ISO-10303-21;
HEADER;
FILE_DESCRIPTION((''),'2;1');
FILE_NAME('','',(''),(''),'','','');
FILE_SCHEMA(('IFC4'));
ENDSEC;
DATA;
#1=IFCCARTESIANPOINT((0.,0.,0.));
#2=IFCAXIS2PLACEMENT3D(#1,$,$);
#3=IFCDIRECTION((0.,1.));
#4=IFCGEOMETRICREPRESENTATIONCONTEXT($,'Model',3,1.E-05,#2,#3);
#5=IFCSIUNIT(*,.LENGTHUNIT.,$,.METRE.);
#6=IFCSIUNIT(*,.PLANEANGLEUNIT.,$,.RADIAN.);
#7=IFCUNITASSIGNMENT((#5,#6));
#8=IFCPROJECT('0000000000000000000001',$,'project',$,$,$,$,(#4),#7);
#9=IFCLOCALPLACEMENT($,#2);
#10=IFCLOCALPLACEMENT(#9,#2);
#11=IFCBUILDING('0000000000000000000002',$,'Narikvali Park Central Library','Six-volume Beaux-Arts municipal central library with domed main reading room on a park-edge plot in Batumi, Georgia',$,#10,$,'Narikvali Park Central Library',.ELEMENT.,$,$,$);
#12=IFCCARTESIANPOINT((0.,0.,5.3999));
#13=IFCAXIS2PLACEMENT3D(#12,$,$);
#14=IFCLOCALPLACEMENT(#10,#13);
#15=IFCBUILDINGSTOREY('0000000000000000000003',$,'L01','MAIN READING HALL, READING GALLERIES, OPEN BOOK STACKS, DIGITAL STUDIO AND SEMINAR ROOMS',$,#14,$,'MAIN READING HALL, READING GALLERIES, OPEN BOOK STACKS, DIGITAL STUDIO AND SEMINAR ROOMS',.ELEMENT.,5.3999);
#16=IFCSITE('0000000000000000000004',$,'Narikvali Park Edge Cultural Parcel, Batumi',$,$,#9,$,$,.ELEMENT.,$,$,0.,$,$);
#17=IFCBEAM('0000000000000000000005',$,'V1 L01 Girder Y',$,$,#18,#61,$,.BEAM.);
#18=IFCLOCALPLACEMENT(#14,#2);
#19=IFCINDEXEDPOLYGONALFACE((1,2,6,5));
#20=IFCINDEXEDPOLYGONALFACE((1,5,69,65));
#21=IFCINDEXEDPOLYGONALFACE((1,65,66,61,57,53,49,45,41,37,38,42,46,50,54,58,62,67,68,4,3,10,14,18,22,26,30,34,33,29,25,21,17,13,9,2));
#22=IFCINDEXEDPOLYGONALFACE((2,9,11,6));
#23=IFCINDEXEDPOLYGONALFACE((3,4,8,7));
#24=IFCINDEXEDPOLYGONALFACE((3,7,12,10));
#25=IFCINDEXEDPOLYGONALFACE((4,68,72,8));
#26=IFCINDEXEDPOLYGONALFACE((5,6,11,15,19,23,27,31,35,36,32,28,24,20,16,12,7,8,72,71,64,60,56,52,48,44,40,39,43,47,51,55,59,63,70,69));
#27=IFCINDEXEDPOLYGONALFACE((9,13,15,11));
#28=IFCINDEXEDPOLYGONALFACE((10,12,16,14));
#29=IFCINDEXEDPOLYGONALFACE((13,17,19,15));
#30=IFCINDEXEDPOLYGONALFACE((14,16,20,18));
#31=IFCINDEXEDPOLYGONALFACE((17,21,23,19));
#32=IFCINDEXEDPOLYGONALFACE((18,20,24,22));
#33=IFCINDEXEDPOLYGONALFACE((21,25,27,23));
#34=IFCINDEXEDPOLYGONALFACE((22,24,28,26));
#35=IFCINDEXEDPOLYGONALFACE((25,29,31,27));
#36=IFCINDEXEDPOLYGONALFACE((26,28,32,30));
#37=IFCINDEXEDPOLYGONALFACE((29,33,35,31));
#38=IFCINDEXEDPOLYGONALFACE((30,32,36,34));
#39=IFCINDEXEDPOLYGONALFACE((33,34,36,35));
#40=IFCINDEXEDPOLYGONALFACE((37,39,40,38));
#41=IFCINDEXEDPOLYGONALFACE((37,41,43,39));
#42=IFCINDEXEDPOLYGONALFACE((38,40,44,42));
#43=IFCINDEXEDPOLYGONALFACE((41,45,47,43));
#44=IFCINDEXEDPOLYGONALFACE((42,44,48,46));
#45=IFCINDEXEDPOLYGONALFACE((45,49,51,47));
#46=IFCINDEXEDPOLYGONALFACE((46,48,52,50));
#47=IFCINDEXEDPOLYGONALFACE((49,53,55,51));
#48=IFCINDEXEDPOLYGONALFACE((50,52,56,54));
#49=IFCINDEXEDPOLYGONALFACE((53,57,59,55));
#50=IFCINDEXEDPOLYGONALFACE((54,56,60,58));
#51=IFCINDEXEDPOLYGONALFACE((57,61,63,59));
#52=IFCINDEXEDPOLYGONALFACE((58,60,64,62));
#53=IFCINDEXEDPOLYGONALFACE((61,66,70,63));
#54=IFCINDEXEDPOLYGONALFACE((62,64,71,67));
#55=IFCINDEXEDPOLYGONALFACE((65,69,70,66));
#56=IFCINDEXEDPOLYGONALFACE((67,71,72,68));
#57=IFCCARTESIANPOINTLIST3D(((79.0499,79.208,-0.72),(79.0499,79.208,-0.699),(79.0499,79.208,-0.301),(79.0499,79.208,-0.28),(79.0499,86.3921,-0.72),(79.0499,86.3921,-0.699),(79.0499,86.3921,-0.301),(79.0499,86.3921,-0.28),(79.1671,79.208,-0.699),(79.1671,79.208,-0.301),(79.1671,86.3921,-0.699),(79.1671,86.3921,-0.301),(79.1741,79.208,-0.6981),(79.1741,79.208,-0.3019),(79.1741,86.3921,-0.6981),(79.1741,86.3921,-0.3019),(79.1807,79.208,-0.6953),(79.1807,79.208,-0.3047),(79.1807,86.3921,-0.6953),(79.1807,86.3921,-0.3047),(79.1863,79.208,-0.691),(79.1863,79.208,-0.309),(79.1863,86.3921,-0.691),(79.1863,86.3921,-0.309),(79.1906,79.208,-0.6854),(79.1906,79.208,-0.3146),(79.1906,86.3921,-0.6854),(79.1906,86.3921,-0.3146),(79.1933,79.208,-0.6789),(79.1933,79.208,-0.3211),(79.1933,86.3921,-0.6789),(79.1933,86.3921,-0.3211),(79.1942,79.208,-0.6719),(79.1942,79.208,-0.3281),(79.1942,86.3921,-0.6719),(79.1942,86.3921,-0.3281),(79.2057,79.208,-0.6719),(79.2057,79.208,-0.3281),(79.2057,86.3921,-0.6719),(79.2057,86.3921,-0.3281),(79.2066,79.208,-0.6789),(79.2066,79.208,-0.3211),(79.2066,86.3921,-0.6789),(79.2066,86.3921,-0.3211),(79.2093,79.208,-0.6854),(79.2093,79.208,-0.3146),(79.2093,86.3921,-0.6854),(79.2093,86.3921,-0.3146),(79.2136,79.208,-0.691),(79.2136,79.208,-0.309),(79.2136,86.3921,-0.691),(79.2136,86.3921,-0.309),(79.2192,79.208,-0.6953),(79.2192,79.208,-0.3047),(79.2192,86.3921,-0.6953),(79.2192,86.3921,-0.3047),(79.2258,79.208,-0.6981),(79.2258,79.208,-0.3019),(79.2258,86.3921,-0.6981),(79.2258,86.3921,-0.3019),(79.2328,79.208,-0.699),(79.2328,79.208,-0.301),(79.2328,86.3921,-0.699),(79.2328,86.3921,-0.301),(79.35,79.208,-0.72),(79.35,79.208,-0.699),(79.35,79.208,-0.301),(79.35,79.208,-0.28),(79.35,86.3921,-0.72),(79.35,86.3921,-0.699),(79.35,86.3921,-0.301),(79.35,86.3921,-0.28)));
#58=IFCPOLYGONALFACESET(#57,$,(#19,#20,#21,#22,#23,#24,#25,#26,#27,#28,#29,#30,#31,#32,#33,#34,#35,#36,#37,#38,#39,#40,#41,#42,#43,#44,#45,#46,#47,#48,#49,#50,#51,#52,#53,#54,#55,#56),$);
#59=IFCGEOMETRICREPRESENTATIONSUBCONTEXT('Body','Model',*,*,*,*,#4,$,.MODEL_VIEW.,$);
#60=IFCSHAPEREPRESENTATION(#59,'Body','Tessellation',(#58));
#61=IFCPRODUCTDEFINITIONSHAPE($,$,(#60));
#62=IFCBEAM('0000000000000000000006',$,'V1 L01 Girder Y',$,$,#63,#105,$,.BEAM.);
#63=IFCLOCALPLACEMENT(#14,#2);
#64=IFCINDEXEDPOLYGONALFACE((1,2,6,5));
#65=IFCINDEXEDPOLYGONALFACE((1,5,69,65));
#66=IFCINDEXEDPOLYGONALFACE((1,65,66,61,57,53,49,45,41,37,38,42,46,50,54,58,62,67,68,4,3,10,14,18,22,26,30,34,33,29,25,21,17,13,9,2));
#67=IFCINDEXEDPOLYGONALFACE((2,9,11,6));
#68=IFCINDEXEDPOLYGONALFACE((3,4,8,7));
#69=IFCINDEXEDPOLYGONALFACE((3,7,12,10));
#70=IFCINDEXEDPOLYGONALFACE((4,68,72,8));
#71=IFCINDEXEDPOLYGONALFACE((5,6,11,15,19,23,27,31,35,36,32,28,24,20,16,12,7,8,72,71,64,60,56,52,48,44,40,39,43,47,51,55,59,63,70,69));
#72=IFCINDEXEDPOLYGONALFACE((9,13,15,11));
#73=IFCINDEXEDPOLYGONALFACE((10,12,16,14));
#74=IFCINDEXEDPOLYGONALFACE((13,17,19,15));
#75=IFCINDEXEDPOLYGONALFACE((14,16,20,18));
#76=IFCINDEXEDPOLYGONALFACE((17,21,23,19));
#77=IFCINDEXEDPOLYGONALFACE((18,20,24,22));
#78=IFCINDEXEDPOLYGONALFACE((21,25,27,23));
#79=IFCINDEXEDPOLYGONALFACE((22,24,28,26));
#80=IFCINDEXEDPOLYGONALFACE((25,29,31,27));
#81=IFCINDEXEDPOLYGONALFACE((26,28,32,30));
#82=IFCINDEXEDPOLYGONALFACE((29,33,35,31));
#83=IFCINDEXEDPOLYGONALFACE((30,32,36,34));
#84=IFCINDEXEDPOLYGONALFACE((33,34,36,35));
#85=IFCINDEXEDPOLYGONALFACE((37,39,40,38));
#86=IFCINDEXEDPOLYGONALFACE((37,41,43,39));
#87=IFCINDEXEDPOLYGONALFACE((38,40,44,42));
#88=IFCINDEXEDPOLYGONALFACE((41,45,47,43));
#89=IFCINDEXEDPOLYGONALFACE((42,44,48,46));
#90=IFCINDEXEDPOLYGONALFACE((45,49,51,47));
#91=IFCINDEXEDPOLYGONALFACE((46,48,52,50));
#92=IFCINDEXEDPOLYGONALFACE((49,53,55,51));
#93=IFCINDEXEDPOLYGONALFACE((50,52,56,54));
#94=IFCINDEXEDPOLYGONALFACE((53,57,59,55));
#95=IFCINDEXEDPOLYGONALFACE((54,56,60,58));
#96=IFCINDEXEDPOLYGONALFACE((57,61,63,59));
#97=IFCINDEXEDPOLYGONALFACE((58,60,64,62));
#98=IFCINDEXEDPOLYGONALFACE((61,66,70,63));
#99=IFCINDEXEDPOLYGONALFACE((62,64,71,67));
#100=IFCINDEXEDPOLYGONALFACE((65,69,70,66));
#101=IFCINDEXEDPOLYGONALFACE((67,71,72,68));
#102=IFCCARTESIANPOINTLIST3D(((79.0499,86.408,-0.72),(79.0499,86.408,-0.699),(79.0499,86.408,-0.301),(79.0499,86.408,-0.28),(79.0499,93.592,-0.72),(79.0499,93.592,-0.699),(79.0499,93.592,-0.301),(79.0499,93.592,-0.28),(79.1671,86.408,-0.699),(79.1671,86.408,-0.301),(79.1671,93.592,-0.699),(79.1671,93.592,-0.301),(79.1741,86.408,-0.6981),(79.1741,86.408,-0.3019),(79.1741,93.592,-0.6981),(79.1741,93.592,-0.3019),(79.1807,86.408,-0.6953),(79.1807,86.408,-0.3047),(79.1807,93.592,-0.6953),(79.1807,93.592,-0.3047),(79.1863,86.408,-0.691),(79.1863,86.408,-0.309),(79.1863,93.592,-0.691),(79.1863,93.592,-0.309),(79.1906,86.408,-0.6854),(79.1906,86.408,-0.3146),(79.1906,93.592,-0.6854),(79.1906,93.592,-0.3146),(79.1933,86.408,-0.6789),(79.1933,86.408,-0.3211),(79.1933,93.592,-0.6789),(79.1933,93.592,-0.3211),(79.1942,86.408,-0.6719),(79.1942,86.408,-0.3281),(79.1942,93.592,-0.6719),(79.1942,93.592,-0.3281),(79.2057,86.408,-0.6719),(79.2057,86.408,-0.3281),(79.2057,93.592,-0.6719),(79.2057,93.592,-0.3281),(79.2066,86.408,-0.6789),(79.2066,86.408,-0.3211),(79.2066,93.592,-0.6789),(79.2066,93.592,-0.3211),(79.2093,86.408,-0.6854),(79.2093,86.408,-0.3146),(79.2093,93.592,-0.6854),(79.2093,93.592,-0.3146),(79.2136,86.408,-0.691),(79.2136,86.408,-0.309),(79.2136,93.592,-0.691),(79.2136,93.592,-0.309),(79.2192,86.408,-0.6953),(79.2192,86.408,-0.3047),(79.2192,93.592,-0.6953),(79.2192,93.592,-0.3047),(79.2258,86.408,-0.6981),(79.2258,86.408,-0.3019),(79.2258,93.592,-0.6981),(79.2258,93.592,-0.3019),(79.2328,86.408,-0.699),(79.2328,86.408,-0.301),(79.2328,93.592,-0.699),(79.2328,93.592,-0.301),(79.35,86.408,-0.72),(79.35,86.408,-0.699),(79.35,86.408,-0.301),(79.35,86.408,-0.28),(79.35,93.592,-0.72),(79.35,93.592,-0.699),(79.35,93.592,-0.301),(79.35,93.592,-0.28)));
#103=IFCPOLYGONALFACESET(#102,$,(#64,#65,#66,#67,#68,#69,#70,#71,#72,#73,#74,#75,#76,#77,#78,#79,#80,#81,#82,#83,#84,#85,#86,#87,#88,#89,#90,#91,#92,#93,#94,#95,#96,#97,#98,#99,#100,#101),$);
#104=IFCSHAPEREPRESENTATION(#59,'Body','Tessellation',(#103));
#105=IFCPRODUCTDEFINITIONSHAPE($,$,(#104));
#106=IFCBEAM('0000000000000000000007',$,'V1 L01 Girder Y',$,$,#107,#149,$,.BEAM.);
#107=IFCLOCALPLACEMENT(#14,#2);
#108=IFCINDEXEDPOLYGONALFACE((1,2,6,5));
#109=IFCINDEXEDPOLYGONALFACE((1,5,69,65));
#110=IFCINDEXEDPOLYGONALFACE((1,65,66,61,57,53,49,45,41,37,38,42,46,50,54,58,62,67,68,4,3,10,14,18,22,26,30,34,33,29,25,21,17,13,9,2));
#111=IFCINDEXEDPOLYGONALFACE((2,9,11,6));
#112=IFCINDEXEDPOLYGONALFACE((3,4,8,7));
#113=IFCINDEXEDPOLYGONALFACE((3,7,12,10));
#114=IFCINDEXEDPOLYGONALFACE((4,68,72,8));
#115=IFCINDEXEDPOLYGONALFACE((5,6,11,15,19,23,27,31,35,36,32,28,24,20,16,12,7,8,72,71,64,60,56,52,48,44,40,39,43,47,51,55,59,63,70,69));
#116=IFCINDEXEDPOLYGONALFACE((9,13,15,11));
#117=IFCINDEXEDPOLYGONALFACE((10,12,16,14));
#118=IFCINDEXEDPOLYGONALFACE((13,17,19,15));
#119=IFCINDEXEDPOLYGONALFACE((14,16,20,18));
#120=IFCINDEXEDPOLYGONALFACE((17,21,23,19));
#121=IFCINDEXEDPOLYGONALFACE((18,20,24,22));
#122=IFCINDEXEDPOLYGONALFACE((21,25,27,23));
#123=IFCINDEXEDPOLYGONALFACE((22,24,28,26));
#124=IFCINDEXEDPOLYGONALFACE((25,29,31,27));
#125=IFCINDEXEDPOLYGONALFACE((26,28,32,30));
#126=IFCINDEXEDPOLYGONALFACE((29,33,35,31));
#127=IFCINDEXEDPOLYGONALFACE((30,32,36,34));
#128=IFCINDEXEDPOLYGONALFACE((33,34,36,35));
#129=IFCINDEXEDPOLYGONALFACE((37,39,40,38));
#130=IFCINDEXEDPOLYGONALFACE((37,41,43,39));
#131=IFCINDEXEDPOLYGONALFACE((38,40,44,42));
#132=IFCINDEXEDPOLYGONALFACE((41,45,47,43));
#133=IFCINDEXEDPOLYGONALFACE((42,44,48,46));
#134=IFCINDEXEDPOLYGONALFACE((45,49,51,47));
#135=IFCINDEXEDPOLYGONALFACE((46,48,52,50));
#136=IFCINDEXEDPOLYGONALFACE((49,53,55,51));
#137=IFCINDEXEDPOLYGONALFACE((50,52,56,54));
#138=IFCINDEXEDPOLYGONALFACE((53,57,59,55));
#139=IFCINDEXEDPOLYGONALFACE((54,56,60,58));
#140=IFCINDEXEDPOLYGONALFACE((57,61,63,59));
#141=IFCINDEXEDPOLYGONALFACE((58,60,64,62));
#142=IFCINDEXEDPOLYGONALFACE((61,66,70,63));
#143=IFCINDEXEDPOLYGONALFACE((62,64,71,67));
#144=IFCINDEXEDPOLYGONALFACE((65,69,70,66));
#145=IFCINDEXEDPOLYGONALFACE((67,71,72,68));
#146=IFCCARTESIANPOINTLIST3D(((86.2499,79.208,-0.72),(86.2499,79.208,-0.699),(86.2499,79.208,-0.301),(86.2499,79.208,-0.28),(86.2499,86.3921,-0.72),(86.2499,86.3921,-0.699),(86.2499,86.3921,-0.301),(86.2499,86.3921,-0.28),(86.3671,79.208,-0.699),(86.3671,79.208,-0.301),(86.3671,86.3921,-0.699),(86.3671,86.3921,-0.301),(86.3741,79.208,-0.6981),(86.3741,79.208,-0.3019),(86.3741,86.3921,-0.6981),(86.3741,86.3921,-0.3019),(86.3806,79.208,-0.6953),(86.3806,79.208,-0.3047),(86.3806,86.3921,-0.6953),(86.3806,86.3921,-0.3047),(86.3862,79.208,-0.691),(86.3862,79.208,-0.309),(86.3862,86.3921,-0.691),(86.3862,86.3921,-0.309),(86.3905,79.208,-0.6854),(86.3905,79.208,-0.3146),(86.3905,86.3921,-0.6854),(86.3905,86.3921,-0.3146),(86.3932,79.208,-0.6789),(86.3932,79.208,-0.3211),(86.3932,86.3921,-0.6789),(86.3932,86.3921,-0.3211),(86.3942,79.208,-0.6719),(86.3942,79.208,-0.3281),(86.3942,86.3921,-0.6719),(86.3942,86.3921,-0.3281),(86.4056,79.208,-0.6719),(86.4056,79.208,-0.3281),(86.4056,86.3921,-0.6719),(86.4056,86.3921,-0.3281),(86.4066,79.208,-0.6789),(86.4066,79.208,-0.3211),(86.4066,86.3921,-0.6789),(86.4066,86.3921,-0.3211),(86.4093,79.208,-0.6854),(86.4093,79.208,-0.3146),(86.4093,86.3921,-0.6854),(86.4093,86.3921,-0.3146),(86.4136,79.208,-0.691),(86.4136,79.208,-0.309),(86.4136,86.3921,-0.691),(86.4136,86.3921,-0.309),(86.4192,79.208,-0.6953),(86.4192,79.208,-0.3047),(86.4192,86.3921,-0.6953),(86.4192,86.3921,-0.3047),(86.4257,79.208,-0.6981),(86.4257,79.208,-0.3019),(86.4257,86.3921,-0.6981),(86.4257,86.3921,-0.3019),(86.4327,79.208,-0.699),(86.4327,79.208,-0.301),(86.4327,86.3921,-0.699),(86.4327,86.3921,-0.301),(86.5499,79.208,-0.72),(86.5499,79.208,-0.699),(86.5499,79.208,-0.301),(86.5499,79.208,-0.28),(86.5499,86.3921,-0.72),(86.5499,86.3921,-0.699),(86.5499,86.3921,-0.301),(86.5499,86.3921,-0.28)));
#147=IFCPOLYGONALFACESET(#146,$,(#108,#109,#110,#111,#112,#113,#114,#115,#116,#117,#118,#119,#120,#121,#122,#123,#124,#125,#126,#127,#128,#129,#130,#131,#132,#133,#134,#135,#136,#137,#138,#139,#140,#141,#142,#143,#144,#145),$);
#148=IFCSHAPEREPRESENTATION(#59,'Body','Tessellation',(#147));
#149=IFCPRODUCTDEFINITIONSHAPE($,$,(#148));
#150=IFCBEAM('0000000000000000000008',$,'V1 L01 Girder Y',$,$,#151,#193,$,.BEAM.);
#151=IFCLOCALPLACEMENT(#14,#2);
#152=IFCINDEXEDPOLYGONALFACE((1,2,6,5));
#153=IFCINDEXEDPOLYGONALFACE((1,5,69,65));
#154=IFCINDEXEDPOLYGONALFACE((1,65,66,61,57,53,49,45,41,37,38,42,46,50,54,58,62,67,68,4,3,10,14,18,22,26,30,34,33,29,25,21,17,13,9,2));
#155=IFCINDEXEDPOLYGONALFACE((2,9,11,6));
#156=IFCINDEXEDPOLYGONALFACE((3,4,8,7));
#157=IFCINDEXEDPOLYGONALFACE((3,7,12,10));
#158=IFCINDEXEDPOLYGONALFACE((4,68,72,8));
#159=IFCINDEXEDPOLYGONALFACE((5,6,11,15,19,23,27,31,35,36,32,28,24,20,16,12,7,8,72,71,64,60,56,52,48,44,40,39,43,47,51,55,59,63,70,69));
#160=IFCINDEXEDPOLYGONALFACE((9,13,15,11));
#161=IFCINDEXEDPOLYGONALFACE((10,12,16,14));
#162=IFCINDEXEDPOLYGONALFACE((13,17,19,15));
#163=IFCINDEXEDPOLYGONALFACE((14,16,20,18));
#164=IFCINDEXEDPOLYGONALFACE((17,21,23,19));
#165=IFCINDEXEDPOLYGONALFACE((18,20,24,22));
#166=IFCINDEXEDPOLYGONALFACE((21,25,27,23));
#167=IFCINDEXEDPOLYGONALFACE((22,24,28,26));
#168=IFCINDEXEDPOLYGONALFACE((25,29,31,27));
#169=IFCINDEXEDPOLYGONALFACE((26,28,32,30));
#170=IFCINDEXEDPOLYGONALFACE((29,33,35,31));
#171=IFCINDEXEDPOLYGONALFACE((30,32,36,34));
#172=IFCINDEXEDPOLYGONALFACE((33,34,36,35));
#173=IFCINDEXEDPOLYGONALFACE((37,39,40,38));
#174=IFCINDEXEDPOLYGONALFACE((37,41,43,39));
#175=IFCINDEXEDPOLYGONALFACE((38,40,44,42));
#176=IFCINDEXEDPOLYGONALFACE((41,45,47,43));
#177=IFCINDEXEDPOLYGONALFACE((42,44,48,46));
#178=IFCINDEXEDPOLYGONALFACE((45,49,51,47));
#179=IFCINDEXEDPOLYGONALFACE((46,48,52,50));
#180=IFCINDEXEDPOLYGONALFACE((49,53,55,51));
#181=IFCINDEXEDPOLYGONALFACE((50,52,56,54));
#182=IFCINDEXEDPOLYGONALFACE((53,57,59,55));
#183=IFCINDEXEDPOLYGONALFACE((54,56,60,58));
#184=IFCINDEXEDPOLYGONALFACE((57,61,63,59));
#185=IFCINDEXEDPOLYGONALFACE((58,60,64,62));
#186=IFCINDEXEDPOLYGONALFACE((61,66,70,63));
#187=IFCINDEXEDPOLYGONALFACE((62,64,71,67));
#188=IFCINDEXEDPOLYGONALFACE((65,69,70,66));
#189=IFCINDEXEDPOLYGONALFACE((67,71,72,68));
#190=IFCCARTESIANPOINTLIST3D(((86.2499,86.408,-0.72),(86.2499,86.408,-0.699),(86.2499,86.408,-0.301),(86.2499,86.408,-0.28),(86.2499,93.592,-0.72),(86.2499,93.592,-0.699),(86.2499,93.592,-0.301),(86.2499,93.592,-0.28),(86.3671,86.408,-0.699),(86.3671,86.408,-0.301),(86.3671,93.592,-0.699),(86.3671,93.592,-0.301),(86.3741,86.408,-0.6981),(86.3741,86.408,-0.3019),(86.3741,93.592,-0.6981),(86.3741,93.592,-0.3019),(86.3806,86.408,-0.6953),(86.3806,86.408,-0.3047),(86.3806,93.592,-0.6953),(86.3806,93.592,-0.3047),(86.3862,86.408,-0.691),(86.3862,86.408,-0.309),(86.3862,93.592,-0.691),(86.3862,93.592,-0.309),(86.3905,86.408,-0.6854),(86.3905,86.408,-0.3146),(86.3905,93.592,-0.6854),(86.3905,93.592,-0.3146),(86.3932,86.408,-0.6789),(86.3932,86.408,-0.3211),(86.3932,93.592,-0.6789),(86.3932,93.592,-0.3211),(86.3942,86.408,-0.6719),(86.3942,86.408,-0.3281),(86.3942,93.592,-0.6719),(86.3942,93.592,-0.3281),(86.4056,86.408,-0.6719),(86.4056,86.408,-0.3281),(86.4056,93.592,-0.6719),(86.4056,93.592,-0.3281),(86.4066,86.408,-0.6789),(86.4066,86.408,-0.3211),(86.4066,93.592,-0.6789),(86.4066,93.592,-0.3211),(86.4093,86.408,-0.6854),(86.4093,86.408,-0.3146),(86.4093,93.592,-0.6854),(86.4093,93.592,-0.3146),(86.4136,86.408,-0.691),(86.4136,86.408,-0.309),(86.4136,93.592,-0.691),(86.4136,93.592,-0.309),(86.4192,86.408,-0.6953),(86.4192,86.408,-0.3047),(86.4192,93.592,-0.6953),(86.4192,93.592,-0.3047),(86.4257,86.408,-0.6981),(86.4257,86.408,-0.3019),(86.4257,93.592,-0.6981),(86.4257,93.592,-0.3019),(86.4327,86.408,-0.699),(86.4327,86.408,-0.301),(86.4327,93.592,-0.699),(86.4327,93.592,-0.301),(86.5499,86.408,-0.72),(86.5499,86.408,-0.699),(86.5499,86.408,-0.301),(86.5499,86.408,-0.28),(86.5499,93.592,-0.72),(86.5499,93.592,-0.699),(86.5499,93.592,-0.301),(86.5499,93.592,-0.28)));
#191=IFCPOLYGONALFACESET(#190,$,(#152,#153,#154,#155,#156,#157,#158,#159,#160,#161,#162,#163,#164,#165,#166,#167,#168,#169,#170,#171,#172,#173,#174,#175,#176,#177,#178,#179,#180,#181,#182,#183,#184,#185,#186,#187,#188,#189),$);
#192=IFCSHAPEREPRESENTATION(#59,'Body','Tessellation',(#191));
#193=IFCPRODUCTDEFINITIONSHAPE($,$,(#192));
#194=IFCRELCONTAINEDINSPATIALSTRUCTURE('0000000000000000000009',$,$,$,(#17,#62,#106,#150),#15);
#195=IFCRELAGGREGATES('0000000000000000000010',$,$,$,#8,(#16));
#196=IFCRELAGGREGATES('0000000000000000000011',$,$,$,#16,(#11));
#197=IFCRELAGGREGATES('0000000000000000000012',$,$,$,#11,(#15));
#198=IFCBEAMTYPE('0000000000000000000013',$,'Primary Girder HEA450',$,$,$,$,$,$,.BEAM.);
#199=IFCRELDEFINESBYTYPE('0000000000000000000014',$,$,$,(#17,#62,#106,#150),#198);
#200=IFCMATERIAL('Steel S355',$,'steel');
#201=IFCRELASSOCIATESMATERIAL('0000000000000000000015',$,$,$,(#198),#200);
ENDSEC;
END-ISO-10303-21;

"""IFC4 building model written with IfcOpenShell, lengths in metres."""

from ifc_helpers import new_model, si_unit, direction, frame, origin, origin_2d, place, context, subcontext, project, spatial, i_section, extrude, material, material_profile, profile_set, type_object, element, save


model = new_model("IFC4")

# Units and contexts
model_context = context("Model", 3, precision=1e-05, world=origin(), true_north=direction((0.0, 1.0)))
body_context = subcontext(model_context, "Body", "Model", "MODEL_VIEW")
ifc_project = project(units=[si_unit("LENGTHUNIT", "METRE"), si_unit("PLANEANGLEUNIT", "RADIAN")], contexts=[model_context])

# Site, building, storey
site_placement = place(None, origin())
site = spatial("IfcSite", under=ifc_project, at=site_placement, Name="Narikvali Park Edge Cultural Parcel, Batumi", CompositionType="ELEMENT", RefElevation=0.0)
building_placement = place(site_placement, origin())
building = spatial("IfcBuilding", under=site, at=building_placement, Name="Narikvali Park Central Library", Description="Six-volume Beaux-Arts municipal central library with domed main reading room on a park-edge plot in Batumi, Georgia", LongName="Narikvali Park Central Library", CompositionType="ELEMENT")
storey_placement = place(building_placement, frame((0.0, 0.0, 5.3999)))
storey = spatial("IfcBuildingStorey", under=building, at=storey_placement, Name="L01", Description="MAIN READING HALL, READING GALLERIES, OPEN BOOK STACKS, DIGITAL STUDIO AND SEMINAR ROOMS", LongName="MAIN READING HALL, READING GALLERIES, OPEN BOOK STACKS, DIGITAL STUDIO AND SEMINAR ROOMS", CompositionType="ELEMENT", Elevation=5.3999)

# Shared definitions
ifc_material_1 = material(Name="Steel S355", Category="steel")

# Beams
ifc_material_profile_1 = material_profile(ifc_material_1, i_section(OverallWidth=0.3, OverallDepth=0.4399, WebThickness=0.0115, FlangeThickness=0.021, FilletRadius=0.0271, at=origin_2d()), Name="HEA 450")
ifc_profile_set_1 = profile_set([ifc_material_profile_1], Name="Steel S355")
beam_type_1 = type_object("IfcBeamType", Name="Primary Girder HEA450", PredefinedType="BEAM", material=ifc_profile_set_1)
for number, where, z_axis, x_axis, name in (
    (1, (79.2, 79.208, -0.5), (0.0, 1.0, 0.0), (-1.0, 0.0, 0.0), "V1 L01 Girder Y"),
    (2, (79.2, 86.408, -0.5), (0.0, 1.0, 0.0), (-1.0, 0.0, 0.0), "V1 L01 Girder Y"),
    (3, (86.3999, 79.208, -0.5), (0.0, 1.0, 0.0), (-1.0, 0.0, 0.0), "V1 L01 Girder Y"),
    (4, (86.3999, 86.408, -0.5), (0.0, 1.0, 0.0), (-1.0, 0.0, 0.0), "V1 L01 Girder Y"),
):
    element("IfcBeam", number, at=place(storey_placement, frame(where, z_axis=z_axis, x_axis=x_axis)), inside=storey, type_object=beam_type_1, Name=name, PredefinedType="BEAM", context=body_context, shape_type="SweptSolid", body=[
        extrude(i_section(OverallWidth=0.3, OverallDepth=0.4399, WebThickness=0.0115, FlangeThickness=0.021, FilletRadius=0.0271, at=origin_2d()), origin(), (0.0, 0.0, 1.0), 7.1841),
    ])

save(model, "model.ifc")
